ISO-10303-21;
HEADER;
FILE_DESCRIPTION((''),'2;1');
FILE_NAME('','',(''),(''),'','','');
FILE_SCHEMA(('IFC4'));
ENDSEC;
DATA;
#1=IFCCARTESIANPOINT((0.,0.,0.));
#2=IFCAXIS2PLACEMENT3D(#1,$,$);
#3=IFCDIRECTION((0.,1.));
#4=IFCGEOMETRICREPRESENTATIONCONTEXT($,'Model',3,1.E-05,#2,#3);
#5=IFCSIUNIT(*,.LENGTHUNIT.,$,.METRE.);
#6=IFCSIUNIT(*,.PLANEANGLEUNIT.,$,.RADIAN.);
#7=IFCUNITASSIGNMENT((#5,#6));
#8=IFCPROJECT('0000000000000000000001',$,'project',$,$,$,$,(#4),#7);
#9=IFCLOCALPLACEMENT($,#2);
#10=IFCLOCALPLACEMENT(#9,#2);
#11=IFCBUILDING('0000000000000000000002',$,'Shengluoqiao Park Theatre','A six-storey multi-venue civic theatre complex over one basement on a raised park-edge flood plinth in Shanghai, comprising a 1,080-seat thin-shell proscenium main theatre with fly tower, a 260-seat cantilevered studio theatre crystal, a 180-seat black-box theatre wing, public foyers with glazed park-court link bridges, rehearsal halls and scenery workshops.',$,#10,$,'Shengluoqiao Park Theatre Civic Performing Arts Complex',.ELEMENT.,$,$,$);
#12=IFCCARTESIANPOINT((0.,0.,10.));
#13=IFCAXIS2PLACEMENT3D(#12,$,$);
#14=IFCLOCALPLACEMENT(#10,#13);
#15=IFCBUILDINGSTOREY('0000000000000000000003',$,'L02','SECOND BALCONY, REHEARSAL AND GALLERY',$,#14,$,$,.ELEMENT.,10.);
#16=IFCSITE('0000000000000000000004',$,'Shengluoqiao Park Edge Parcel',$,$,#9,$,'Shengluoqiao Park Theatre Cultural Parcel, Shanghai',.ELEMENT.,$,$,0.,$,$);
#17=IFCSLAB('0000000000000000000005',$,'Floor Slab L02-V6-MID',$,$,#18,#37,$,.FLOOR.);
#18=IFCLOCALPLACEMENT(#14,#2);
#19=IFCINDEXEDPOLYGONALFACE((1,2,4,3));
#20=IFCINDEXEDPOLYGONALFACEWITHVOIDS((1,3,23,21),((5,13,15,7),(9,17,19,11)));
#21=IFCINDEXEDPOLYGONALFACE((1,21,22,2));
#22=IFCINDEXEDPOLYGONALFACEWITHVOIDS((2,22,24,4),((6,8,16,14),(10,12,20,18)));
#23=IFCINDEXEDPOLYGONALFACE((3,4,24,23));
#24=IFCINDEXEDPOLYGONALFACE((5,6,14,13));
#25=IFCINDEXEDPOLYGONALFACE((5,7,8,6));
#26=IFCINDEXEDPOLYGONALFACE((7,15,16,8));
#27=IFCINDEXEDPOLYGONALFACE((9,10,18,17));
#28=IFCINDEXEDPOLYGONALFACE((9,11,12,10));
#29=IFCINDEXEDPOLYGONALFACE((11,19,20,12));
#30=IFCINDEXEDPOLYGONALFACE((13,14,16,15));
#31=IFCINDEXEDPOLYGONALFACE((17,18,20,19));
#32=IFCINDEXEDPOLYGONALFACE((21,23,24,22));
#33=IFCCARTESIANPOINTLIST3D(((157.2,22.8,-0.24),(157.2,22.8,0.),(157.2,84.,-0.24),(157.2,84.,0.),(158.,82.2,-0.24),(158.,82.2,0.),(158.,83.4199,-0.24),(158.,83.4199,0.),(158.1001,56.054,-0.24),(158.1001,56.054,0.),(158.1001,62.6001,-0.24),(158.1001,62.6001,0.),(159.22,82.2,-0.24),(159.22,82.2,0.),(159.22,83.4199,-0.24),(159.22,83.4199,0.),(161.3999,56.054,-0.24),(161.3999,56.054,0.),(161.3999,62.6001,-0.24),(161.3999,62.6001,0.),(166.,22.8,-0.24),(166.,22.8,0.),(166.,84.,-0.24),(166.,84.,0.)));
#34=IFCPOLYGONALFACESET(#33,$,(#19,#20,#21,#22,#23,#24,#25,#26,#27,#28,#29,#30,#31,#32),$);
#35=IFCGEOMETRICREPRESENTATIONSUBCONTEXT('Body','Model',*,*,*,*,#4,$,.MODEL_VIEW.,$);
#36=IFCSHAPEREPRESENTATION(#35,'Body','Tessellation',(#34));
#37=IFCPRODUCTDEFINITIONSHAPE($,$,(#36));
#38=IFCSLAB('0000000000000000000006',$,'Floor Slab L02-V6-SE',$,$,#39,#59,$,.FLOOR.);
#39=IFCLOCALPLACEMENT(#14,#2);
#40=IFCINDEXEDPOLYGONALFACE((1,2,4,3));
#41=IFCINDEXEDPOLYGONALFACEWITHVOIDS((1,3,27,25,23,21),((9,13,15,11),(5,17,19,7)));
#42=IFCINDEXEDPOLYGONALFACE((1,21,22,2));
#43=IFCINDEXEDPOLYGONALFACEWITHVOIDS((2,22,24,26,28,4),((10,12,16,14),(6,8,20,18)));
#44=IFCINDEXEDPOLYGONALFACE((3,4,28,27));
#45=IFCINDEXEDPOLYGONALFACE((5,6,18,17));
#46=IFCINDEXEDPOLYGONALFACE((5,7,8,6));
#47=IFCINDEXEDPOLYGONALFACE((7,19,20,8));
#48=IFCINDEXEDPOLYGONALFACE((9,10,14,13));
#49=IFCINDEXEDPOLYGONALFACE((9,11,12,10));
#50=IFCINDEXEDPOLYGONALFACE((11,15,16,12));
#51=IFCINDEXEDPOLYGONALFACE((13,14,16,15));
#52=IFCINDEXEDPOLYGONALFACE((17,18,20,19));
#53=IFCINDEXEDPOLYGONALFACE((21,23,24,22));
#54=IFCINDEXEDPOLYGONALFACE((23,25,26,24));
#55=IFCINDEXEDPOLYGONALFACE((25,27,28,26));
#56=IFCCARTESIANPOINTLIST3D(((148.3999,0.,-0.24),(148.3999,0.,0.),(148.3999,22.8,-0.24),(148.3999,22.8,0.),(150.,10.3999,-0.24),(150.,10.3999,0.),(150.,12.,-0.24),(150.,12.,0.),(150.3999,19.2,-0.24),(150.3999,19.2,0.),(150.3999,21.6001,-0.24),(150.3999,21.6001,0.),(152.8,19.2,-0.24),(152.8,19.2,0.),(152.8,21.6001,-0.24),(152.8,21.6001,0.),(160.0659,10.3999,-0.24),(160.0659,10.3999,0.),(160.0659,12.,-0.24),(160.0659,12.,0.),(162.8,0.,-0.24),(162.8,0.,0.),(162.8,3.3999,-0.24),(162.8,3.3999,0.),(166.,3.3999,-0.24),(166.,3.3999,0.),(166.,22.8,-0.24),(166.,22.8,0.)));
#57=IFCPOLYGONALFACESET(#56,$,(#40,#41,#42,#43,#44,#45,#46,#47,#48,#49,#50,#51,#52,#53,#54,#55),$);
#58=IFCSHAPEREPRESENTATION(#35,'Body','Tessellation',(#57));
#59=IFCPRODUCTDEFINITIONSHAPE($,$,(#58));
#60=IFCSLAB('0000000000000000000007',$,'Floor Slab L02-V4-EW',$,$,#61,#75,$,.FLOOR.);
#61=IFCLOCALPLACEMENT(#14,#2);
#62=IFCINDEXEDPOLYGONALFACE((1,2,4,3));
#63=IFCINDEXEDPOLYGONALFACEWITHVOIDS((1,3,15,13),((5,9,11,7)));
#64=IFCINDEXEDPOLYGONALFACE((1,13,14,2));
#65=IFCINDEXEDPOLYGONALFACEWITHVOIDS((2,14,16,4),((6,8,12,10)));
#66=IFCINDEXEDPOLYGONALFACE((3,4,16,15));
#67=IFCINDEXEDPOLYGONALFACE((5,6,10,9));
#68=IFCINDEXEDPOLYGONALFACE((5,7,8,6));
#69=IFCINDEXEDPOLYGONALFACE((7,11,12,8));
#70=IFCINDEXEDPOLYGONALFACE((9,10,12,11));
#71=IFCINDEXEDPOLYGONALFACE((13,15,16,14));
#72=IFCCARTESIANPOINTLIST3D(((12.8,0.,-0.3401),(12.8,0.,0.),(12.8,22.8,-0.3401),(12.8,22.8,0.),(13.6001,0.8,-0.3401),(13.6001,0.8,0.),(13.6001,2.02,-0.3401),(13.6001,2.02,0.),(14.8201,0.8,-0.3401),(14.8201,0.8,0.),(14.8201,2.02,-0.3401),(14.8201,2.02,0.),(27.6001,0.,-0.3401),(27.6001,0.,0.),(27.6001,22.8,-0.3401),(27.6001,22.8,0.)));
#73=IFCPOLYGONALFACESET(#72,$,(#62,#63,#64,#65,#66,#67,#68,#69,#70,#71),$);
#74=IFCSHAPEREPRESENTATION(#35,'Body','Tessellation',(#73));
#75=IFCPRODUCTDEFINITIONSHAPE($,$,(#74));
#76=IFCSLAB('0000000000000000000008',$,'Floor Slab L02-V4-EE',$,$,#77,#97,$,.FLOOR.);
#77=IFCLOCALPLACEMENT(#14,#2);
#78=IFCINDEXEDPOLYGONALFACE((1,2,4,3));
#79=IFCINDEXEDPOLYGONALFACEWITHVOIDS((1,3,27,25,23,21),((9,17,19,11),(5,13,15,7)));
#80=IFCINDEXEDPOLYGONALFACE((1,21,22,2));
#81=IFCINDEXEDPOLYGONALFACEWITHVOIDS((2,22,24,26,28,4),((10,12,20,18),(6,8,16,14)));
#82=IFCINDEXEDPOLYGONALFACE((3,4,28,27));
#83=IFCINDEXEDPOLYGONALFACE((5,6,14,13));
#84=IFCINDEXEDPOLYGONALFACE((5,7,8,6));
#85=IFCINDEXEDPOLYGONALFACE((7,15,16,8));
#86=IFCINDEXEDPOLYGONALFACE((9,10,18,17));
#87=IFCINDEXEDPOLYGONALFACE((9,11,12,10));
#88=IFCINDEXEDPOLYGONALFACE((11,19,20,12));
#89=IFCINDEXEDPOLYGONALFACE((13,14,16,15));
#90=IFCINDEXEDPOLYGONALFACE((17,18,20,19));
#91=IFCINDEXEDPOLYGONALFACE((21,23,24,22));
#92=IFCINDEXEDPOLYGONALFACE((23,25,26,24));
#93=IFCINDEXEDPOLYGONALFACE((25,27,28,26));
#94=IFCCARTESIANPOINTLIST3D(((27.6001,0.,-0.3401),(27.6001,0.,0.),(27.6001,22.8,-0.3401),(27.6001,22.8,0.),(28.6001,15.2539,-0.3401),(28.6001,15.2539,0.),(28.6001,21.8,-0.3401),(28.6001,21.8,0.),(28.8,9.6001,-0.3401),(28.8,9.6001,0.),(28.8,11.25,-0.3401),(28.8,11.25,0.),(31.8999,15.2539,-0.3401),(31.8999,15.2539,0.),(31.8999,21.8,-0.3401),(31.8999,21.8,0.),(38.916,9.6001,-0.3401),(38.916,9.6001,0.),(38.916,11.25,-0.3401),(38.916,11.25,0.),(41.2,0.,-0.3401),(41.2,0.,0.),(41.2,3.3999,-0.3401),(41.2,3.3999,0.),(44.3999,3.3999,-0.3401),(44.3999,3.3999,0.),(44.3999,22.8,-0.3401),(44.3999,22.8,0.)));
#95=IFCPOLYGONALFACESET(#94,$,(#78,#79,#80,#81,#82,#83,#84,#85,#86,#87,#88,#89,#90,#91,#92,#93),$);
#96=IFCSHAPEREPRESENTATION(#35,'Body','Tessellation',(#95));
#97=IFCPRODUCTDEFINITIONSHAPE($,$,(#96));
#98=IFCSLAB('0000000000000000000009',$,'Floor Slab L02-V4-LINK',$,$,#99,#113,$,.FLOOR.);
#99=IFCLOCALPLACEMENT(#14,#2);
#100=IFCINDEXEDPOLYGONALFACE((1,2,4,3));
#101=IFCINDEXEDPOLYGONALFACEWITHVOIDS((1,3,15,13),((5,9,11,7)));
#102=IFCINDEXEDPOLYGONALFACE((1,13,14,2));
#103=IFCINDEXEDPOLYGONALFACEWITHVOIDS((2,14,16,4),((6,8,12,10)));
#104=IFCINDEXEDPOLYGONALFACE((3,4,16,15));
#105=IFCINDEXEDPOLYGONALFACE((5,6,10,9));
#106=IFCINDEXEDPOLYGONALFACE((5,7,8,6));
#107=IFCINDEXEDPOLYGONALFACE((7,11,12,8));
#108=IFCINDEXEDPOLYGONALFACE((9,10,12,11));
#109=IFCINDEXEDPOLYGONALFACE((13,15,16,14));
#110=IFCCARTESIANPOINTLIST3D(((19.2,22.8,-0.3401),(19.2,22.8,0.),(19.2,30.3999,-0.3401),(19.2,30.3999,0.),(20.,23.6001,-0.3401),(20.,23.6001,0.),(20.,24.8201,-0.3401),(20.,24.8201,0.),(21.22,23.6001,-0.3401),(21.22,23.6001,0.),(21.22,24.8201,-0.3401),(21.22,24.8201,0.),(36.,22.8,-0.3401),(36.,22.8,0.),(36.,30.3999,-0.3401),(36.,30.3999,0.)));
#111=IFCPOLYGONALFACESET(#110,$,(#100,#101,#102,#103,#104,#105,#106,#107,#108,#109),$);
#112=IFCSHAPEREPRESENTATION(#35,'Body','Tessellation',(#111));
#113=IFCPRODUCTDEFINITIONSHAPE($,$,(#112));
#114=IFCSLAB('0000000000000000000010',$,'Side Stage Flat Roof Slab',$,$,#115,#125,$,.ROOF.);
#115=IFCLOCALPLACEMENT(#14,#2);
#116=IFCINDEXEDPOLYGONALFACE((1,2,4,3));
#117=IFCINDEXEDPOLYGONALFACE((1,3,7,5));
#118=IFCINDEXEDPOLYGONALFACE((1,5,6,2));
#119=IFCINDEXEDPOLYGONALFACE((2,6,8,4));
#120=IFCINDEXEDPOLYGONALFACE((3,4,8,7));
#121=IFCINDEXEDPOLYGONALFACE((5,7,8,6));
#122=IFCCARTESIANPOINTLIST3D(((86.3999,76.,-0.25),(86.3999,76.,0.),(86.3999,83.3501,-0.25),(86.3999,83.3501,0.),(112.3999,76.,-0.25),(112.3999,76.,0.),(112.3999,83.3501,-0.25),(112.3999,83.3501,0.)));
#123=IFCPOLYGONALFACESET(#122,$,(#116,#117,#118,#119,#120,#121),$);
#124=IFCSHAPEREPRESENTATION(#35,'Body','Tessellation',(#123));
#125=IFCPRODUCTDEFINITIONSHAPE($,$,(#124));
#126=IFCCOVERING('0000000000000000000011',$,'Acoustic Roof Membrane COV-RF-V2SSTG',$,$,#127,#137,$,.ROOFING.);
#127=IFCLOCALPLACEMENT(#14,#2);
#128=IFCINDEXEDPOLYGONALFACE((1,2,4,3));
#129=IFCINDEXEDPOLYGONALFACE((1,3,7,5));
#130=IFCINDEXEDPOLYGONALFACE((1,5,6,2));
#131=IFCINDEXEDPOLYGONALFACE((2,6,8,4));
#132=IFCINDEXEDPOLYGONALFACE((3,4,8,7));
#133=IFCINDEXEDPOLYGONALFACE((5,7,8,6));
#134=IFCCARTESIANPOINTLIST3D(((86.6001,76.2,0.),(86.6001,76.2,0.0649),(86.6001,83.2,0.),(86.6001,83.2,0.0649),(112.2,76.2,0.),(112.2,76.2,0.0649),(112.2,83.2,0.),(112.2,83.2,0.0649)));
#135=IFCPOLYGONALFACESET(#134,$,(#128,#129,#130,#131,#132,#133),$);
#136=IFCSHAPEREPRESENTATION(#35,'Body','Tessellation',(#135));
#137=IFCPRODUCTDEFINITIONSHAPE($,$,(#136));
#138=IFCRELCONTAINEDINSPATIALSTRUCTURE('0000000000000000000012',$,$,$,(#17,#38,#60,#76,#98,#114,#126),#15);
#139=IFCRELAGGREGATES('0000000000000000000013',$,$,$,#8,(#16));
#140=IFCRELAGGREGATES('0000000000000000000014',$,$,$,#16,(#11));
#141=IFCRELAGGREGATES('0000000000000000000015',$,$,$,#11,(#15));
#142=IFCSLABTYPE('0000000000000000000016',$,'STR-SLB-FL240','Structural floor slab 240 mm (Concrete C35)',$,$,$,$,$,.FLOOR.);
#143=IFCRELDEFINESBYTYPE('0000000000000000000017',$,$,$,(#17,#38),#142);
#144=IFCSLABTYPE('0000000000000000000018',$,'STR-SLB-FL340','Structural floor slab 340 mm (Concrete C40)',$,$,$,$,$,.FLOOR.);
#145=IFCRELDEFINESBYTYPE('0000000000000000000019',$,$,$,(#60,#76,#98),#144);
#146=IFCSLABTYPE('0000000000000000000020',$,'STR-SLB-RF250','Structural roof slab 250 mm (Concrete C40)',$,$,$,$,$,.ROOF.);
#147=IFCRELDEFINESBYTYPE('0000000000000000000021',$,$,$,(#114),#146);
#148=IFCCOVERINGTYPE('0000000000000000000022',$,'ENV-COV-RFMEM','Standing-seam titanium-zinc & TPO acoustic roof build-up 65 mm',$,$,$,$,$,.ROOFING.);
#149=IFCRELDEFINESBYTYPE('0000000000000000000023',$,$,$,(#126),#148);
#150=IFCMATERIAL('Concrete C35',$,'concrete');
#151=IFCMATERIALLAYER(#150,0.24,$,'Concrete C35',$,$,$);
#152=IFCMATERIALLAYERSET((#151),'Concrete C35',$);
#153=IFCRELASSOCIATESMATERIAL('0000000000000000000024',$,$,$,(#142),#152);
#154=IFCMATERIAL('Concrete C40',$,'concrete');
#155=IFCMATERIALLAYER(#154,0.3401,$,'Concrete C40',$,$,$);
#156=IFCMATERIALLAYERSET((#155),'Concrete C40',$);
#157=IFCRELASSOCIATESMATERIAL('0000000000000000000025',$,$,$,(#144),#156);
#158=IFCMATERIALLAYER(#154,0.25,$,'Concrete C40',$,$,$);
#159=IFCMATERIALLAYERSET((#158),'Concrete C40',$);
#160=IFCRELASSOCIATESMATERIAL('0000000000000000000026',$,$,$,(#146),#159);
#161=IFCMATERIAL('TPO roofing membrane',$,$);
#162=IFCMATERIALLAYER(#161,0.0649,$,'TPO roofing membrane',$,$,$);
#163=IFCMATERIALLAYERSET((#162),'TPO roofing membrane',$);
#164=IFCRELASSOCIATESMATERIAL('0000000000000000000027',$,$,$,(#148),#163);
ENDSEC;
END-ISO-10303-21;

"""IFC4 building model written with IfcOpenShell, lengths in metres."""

from ifc_helpers import new_model, si_unit, direction, frame, origin, place, context, subcontext, project, spatial, polyline, outline, extrude, material, layer, layer_set, type_object, element, save


model = new_model("IFC4")

# Units and contexts
model_context = context("Model", 3, precision=1e-05, world=origin(), true_north=direction((0.0, 1.0)))
body_context = subcontext(model_context, "Body", "Model", "MODEL_VIEW")
ifc_project = project(units=[si_unit("LENGTHUNIT", "METRE"), si_unit("PLANEANGLEUNIT", "RADIAN")], contexts=[model_context])

# Site, building, storey
site_placement = place(None, origin())
site = spatial("IfcSite", under=ifc_project, at=site_placement, Name="Shengluoqiao Park Edge Parcel", LongName="Shengluoqiao Park Theatre Cultural Parcel, Shanghai", CompositionType="ELEMENT", RefElevation=0.0)
building_placement = place(site_placement, origin())
building = spatial("IfcBuilding", under=site, at=building_placement, Name="Shengluoqiao Park Theatre", Description="A six-storey multi-venue civic theatre complex over one basement on a raised park-edge flood plinth in Shanghai, comprising a 1,080-seat thin-shell proscenium main theatre with fly tower, a 260-seat cantilevered studio theatre crystal, a 180-seat black-box theatre wing, public foyers with glazed park-court link bridges, rehearsal halls and scenery workshops.", LongName="Shengluoqiao Park Theatre Civic Performing Arts Complex", CompositionType="ELEMENT")
storey_placement = place(building_placement, frame((0.0, 0.0, 10.0)))
storey = spatial("IfcBuildingStorey", under=building, at=storey_placement, Name="L02", Description="SECOND BALCONY, REHEARSAL AND GALLERY", CompositionType="ELEMENT", Elevation=10.0)

# Shared definitions
ifc_material_1 = material(Name="Concrete C40", Category="concrete")

# Slabs
ifc_material_2 = material(Name="Concrete C35", Category="concrete")
ifc_layer_1 = layer(ifc_material_2, 0.24, Name="Concrete C35")
ifc_layer_set_1 = layer_set([ifc_layer_1], Name="Concrete C35")
slab_type_1 = type_object("IfcSlabType", Name="STR-SLB-FL240", Description="Structural floor slab 240 mm (Concrete C35)", PredefinedType="FLOOR", material=ifc_layer_set_1)
slab_1_placement = place(storey_placement, frame((0.0, 0.0, -0.24)))
element("IfcSlab", 1, at=slab_1_placement, inside=storey, type_object=slab_type_1, Name="Floor Slab L02-V6-MID", PredefinedType="FLOOR", context=body_context, shape_type="SweptSolid", body=[
    extrude(outline(polyline([(157.2, 22.8), (157.2, 84.0), (166.0, 84.0), (166.0, 22.8), (157.2, 22.8)]), holes=[polyline([(161.3999, 56.054), (161.3999, 62.6001), (158.1001, 62.6001), (158.1001, 56.054), (161.3999, 56.054)]), polyline([(158.0, 82.2), (159.22, 82.2), (159.22, 83.4199), (158.0, 83.4199), (158.0, 82.2)])]), origin(), (0.0, 0.0, 1.0), 0.24),
])
slab_2_placement = place(storey_placement, frame((0.0, 0.0, -0.24)))
element("IfcSlab", 2, at=slab_2_placement, inside=storey, type_object=slab_type_1, Name="Floor Slab L02-V6-SE", PredefinedType="FLOOR", context=body_context, shape_type="SweptSolid", body=[
    extrude(outline(polyline([(148.3999, 22.8), (166.0, 22.8), (166.0, 3.3999), (162.8, 3.3999), (162.8, 0.0), (148.3999, 0.0), (148.3999, 22.8)]), holes=[polyline([(160.0659, 10.3999), (160.0659, 12.0), (150.0, 12.0), (150.0, 10.3999), (160.0659, 10.3999)]), polyline([(152.8, 19.2), (152.8, 21.6001), (150.3999, 21.6001), (150.3999, 19.2), (152.8, 19.2)])]), origin(), (0.0, 0.0, 1.0), 0.24),
])
ifc_layer_2 = layer(ifc_material_1, 0.3401, Name="Concrete C40")
ifc_layer_set_2 = layer_set([ifc_layer_2], Name="Concrete C40")
slab_type_2 = type_object("IfcSlabType", Name="STR-SLB-FL340", Description="Structural floor slab 340 mm (Concrete C40)", PredefinedType="FLOOR", material=ifc_layer_set_2)
slab_3_placement = place(storey_placement, frame((0.0, 0.0, -0.3401)))
element("IfcSlab", 3, at=slab_3_placement, inside=storey, type_object=slab_type_2, Name="Floor Slab L02-V4-EW", PredefinedType="FLOOR", context=body_context, shape_type="SweptSolid", body=[
    extrude(outline(polyline([(12.8, 0.0), (12.8, 22.8), (27.6001, 22.8), (27.6001, 0.0), (12.8, 0.0)]), holes=[polyline([(14.8201, 0.8), (14.8201, 2.02), (13.6001, 2.02), (13.6001, 0.8), (14.8201, 0.8)])]), origin(), (0.0, 0.0, 1.0), 0.3401),
])
slab_4_placement = place(storey_placement, frame((0.0, 0.0, -0.3401)))
element("IfcSlab", 4, at=slab_4_placement, inside=storey, type_object=slab_type_2, Name="Floor Slab L02-V4-EE", PredefinedType="FLOOR", context=body_context, shape_type="SweptSolid", body=[
    extrude(outline(polyline([(27.6001, 22.8), (44.3999, 22.8), (44.3999, 3.3999), (41.2, 3.3999), (41.2, 0.0), (27.6001, 0.0), (27.6001, 22.8)]), holes=[polyline([(38.916, 9.6001), (38.916, 11.25), (28.8, 11.25), (28.8, 9.6001), (38.916, 9.6001)]), polyline([(31.8999, 15.2539), (31.8999, 21.8), (28.6001, 21.8), (28.6001, 15.2539), (31.8999, 15.2539)])]), origin(), (0.0, 0.0, 1.0), 0.3401),
])
slab_5_placement = place(storey_placement, frame((0.0, 0.0, -0.3401)))
element("IfcSlab", 5, at=slab_5_placement, inside=storey, type_object=slab_type_2, Name="Floor Slab L02-V4-LINK", PredefinedType="FLOOR", context=body_context, shape_type="SweptSolid", body=[
    extrude(outline(polyline([(19.2, 22.8), (19.2, 30.3999), (36.0, 30.3999), (36.0, 22.8), (19.2, 22.8)]), holes=[polyline([(21.22, 23.6001), (21.22, 24.8201), (20.0, 24.8201), (20.0, 23.6001), (21.22, 23.6001)])]), origin(), (0.0, 0.0, 1.0), 0.3401),
])
ifc_layer_3 = layer(ifc_material_1, 0.25, Name="Concrete C40")
ifc_layer_set_3 = layer_set([ifc_layer_3], Name="Concrete C40")
slab_type_3 = type_object("IfcSlabType", Name="STR-SLB-RF250", Description="Structural roof slab 250 mm (Concrete C40)", PredefinedType="ROOF", material=ifc_layer_set_3)
slab_6_placement = place(storey_placement, frame((0.0, 0.0, -0.25)))
element("IfcSlab", 6, at=slab_6_placement, inside=storey, type_object=slab_type_3, Name="Side Stage Flat Roof Slab", PredefinedType="ROOF", context=body_context, shape_type="SweptSolid", body=[
    extrude(outline(polyline([(86.3999, 76.0), (112.3999, 76.0), (112.3999, 83.3501), (86.3999, 83.3501), (86.3999, 76.0)])), origin(), (0.0, 0.0, 1.0), 0.25),
])

# Covering
ifc_material_3 = material(Name="TPO roofing membrane")
ifc_layer_4 = layer(ifc_material_3, 0.0649, Name="TPO roofing membrane")
ifc_layer_set_4 = layer_set([ifc_layer_4], Name="TPO roofing membrane")
covering_type = type_object("IfcCoveringType", Name="ENV-COV-RFMEM", Description="Standing-seam titanium-zinc & TPO acoustic roof build-up 65 mm", PredefinedType="ROOFING", material=ifc_layer_set_4)
covering_placement = place(storey_placement, origin())
element("IfcCovering", 7, at=covering_placement, inside=storey, type_object=covering_type, Name="Acoustic Roof Membrane COV-RF-V2SSTG", PredefinedType="ROOFING", context=body_context, shape_type="SweptSolid", body=[
    extrude(outline(polyline([(86.6001, 76.2), (112.2, 76.2), (112.2, 83.2), (86.6001, 83.2), (86.6001, 76.2)])), origin(), (0.0, 0.0, 1.0), 0.0649),
])

save(model, "model.ifc")
